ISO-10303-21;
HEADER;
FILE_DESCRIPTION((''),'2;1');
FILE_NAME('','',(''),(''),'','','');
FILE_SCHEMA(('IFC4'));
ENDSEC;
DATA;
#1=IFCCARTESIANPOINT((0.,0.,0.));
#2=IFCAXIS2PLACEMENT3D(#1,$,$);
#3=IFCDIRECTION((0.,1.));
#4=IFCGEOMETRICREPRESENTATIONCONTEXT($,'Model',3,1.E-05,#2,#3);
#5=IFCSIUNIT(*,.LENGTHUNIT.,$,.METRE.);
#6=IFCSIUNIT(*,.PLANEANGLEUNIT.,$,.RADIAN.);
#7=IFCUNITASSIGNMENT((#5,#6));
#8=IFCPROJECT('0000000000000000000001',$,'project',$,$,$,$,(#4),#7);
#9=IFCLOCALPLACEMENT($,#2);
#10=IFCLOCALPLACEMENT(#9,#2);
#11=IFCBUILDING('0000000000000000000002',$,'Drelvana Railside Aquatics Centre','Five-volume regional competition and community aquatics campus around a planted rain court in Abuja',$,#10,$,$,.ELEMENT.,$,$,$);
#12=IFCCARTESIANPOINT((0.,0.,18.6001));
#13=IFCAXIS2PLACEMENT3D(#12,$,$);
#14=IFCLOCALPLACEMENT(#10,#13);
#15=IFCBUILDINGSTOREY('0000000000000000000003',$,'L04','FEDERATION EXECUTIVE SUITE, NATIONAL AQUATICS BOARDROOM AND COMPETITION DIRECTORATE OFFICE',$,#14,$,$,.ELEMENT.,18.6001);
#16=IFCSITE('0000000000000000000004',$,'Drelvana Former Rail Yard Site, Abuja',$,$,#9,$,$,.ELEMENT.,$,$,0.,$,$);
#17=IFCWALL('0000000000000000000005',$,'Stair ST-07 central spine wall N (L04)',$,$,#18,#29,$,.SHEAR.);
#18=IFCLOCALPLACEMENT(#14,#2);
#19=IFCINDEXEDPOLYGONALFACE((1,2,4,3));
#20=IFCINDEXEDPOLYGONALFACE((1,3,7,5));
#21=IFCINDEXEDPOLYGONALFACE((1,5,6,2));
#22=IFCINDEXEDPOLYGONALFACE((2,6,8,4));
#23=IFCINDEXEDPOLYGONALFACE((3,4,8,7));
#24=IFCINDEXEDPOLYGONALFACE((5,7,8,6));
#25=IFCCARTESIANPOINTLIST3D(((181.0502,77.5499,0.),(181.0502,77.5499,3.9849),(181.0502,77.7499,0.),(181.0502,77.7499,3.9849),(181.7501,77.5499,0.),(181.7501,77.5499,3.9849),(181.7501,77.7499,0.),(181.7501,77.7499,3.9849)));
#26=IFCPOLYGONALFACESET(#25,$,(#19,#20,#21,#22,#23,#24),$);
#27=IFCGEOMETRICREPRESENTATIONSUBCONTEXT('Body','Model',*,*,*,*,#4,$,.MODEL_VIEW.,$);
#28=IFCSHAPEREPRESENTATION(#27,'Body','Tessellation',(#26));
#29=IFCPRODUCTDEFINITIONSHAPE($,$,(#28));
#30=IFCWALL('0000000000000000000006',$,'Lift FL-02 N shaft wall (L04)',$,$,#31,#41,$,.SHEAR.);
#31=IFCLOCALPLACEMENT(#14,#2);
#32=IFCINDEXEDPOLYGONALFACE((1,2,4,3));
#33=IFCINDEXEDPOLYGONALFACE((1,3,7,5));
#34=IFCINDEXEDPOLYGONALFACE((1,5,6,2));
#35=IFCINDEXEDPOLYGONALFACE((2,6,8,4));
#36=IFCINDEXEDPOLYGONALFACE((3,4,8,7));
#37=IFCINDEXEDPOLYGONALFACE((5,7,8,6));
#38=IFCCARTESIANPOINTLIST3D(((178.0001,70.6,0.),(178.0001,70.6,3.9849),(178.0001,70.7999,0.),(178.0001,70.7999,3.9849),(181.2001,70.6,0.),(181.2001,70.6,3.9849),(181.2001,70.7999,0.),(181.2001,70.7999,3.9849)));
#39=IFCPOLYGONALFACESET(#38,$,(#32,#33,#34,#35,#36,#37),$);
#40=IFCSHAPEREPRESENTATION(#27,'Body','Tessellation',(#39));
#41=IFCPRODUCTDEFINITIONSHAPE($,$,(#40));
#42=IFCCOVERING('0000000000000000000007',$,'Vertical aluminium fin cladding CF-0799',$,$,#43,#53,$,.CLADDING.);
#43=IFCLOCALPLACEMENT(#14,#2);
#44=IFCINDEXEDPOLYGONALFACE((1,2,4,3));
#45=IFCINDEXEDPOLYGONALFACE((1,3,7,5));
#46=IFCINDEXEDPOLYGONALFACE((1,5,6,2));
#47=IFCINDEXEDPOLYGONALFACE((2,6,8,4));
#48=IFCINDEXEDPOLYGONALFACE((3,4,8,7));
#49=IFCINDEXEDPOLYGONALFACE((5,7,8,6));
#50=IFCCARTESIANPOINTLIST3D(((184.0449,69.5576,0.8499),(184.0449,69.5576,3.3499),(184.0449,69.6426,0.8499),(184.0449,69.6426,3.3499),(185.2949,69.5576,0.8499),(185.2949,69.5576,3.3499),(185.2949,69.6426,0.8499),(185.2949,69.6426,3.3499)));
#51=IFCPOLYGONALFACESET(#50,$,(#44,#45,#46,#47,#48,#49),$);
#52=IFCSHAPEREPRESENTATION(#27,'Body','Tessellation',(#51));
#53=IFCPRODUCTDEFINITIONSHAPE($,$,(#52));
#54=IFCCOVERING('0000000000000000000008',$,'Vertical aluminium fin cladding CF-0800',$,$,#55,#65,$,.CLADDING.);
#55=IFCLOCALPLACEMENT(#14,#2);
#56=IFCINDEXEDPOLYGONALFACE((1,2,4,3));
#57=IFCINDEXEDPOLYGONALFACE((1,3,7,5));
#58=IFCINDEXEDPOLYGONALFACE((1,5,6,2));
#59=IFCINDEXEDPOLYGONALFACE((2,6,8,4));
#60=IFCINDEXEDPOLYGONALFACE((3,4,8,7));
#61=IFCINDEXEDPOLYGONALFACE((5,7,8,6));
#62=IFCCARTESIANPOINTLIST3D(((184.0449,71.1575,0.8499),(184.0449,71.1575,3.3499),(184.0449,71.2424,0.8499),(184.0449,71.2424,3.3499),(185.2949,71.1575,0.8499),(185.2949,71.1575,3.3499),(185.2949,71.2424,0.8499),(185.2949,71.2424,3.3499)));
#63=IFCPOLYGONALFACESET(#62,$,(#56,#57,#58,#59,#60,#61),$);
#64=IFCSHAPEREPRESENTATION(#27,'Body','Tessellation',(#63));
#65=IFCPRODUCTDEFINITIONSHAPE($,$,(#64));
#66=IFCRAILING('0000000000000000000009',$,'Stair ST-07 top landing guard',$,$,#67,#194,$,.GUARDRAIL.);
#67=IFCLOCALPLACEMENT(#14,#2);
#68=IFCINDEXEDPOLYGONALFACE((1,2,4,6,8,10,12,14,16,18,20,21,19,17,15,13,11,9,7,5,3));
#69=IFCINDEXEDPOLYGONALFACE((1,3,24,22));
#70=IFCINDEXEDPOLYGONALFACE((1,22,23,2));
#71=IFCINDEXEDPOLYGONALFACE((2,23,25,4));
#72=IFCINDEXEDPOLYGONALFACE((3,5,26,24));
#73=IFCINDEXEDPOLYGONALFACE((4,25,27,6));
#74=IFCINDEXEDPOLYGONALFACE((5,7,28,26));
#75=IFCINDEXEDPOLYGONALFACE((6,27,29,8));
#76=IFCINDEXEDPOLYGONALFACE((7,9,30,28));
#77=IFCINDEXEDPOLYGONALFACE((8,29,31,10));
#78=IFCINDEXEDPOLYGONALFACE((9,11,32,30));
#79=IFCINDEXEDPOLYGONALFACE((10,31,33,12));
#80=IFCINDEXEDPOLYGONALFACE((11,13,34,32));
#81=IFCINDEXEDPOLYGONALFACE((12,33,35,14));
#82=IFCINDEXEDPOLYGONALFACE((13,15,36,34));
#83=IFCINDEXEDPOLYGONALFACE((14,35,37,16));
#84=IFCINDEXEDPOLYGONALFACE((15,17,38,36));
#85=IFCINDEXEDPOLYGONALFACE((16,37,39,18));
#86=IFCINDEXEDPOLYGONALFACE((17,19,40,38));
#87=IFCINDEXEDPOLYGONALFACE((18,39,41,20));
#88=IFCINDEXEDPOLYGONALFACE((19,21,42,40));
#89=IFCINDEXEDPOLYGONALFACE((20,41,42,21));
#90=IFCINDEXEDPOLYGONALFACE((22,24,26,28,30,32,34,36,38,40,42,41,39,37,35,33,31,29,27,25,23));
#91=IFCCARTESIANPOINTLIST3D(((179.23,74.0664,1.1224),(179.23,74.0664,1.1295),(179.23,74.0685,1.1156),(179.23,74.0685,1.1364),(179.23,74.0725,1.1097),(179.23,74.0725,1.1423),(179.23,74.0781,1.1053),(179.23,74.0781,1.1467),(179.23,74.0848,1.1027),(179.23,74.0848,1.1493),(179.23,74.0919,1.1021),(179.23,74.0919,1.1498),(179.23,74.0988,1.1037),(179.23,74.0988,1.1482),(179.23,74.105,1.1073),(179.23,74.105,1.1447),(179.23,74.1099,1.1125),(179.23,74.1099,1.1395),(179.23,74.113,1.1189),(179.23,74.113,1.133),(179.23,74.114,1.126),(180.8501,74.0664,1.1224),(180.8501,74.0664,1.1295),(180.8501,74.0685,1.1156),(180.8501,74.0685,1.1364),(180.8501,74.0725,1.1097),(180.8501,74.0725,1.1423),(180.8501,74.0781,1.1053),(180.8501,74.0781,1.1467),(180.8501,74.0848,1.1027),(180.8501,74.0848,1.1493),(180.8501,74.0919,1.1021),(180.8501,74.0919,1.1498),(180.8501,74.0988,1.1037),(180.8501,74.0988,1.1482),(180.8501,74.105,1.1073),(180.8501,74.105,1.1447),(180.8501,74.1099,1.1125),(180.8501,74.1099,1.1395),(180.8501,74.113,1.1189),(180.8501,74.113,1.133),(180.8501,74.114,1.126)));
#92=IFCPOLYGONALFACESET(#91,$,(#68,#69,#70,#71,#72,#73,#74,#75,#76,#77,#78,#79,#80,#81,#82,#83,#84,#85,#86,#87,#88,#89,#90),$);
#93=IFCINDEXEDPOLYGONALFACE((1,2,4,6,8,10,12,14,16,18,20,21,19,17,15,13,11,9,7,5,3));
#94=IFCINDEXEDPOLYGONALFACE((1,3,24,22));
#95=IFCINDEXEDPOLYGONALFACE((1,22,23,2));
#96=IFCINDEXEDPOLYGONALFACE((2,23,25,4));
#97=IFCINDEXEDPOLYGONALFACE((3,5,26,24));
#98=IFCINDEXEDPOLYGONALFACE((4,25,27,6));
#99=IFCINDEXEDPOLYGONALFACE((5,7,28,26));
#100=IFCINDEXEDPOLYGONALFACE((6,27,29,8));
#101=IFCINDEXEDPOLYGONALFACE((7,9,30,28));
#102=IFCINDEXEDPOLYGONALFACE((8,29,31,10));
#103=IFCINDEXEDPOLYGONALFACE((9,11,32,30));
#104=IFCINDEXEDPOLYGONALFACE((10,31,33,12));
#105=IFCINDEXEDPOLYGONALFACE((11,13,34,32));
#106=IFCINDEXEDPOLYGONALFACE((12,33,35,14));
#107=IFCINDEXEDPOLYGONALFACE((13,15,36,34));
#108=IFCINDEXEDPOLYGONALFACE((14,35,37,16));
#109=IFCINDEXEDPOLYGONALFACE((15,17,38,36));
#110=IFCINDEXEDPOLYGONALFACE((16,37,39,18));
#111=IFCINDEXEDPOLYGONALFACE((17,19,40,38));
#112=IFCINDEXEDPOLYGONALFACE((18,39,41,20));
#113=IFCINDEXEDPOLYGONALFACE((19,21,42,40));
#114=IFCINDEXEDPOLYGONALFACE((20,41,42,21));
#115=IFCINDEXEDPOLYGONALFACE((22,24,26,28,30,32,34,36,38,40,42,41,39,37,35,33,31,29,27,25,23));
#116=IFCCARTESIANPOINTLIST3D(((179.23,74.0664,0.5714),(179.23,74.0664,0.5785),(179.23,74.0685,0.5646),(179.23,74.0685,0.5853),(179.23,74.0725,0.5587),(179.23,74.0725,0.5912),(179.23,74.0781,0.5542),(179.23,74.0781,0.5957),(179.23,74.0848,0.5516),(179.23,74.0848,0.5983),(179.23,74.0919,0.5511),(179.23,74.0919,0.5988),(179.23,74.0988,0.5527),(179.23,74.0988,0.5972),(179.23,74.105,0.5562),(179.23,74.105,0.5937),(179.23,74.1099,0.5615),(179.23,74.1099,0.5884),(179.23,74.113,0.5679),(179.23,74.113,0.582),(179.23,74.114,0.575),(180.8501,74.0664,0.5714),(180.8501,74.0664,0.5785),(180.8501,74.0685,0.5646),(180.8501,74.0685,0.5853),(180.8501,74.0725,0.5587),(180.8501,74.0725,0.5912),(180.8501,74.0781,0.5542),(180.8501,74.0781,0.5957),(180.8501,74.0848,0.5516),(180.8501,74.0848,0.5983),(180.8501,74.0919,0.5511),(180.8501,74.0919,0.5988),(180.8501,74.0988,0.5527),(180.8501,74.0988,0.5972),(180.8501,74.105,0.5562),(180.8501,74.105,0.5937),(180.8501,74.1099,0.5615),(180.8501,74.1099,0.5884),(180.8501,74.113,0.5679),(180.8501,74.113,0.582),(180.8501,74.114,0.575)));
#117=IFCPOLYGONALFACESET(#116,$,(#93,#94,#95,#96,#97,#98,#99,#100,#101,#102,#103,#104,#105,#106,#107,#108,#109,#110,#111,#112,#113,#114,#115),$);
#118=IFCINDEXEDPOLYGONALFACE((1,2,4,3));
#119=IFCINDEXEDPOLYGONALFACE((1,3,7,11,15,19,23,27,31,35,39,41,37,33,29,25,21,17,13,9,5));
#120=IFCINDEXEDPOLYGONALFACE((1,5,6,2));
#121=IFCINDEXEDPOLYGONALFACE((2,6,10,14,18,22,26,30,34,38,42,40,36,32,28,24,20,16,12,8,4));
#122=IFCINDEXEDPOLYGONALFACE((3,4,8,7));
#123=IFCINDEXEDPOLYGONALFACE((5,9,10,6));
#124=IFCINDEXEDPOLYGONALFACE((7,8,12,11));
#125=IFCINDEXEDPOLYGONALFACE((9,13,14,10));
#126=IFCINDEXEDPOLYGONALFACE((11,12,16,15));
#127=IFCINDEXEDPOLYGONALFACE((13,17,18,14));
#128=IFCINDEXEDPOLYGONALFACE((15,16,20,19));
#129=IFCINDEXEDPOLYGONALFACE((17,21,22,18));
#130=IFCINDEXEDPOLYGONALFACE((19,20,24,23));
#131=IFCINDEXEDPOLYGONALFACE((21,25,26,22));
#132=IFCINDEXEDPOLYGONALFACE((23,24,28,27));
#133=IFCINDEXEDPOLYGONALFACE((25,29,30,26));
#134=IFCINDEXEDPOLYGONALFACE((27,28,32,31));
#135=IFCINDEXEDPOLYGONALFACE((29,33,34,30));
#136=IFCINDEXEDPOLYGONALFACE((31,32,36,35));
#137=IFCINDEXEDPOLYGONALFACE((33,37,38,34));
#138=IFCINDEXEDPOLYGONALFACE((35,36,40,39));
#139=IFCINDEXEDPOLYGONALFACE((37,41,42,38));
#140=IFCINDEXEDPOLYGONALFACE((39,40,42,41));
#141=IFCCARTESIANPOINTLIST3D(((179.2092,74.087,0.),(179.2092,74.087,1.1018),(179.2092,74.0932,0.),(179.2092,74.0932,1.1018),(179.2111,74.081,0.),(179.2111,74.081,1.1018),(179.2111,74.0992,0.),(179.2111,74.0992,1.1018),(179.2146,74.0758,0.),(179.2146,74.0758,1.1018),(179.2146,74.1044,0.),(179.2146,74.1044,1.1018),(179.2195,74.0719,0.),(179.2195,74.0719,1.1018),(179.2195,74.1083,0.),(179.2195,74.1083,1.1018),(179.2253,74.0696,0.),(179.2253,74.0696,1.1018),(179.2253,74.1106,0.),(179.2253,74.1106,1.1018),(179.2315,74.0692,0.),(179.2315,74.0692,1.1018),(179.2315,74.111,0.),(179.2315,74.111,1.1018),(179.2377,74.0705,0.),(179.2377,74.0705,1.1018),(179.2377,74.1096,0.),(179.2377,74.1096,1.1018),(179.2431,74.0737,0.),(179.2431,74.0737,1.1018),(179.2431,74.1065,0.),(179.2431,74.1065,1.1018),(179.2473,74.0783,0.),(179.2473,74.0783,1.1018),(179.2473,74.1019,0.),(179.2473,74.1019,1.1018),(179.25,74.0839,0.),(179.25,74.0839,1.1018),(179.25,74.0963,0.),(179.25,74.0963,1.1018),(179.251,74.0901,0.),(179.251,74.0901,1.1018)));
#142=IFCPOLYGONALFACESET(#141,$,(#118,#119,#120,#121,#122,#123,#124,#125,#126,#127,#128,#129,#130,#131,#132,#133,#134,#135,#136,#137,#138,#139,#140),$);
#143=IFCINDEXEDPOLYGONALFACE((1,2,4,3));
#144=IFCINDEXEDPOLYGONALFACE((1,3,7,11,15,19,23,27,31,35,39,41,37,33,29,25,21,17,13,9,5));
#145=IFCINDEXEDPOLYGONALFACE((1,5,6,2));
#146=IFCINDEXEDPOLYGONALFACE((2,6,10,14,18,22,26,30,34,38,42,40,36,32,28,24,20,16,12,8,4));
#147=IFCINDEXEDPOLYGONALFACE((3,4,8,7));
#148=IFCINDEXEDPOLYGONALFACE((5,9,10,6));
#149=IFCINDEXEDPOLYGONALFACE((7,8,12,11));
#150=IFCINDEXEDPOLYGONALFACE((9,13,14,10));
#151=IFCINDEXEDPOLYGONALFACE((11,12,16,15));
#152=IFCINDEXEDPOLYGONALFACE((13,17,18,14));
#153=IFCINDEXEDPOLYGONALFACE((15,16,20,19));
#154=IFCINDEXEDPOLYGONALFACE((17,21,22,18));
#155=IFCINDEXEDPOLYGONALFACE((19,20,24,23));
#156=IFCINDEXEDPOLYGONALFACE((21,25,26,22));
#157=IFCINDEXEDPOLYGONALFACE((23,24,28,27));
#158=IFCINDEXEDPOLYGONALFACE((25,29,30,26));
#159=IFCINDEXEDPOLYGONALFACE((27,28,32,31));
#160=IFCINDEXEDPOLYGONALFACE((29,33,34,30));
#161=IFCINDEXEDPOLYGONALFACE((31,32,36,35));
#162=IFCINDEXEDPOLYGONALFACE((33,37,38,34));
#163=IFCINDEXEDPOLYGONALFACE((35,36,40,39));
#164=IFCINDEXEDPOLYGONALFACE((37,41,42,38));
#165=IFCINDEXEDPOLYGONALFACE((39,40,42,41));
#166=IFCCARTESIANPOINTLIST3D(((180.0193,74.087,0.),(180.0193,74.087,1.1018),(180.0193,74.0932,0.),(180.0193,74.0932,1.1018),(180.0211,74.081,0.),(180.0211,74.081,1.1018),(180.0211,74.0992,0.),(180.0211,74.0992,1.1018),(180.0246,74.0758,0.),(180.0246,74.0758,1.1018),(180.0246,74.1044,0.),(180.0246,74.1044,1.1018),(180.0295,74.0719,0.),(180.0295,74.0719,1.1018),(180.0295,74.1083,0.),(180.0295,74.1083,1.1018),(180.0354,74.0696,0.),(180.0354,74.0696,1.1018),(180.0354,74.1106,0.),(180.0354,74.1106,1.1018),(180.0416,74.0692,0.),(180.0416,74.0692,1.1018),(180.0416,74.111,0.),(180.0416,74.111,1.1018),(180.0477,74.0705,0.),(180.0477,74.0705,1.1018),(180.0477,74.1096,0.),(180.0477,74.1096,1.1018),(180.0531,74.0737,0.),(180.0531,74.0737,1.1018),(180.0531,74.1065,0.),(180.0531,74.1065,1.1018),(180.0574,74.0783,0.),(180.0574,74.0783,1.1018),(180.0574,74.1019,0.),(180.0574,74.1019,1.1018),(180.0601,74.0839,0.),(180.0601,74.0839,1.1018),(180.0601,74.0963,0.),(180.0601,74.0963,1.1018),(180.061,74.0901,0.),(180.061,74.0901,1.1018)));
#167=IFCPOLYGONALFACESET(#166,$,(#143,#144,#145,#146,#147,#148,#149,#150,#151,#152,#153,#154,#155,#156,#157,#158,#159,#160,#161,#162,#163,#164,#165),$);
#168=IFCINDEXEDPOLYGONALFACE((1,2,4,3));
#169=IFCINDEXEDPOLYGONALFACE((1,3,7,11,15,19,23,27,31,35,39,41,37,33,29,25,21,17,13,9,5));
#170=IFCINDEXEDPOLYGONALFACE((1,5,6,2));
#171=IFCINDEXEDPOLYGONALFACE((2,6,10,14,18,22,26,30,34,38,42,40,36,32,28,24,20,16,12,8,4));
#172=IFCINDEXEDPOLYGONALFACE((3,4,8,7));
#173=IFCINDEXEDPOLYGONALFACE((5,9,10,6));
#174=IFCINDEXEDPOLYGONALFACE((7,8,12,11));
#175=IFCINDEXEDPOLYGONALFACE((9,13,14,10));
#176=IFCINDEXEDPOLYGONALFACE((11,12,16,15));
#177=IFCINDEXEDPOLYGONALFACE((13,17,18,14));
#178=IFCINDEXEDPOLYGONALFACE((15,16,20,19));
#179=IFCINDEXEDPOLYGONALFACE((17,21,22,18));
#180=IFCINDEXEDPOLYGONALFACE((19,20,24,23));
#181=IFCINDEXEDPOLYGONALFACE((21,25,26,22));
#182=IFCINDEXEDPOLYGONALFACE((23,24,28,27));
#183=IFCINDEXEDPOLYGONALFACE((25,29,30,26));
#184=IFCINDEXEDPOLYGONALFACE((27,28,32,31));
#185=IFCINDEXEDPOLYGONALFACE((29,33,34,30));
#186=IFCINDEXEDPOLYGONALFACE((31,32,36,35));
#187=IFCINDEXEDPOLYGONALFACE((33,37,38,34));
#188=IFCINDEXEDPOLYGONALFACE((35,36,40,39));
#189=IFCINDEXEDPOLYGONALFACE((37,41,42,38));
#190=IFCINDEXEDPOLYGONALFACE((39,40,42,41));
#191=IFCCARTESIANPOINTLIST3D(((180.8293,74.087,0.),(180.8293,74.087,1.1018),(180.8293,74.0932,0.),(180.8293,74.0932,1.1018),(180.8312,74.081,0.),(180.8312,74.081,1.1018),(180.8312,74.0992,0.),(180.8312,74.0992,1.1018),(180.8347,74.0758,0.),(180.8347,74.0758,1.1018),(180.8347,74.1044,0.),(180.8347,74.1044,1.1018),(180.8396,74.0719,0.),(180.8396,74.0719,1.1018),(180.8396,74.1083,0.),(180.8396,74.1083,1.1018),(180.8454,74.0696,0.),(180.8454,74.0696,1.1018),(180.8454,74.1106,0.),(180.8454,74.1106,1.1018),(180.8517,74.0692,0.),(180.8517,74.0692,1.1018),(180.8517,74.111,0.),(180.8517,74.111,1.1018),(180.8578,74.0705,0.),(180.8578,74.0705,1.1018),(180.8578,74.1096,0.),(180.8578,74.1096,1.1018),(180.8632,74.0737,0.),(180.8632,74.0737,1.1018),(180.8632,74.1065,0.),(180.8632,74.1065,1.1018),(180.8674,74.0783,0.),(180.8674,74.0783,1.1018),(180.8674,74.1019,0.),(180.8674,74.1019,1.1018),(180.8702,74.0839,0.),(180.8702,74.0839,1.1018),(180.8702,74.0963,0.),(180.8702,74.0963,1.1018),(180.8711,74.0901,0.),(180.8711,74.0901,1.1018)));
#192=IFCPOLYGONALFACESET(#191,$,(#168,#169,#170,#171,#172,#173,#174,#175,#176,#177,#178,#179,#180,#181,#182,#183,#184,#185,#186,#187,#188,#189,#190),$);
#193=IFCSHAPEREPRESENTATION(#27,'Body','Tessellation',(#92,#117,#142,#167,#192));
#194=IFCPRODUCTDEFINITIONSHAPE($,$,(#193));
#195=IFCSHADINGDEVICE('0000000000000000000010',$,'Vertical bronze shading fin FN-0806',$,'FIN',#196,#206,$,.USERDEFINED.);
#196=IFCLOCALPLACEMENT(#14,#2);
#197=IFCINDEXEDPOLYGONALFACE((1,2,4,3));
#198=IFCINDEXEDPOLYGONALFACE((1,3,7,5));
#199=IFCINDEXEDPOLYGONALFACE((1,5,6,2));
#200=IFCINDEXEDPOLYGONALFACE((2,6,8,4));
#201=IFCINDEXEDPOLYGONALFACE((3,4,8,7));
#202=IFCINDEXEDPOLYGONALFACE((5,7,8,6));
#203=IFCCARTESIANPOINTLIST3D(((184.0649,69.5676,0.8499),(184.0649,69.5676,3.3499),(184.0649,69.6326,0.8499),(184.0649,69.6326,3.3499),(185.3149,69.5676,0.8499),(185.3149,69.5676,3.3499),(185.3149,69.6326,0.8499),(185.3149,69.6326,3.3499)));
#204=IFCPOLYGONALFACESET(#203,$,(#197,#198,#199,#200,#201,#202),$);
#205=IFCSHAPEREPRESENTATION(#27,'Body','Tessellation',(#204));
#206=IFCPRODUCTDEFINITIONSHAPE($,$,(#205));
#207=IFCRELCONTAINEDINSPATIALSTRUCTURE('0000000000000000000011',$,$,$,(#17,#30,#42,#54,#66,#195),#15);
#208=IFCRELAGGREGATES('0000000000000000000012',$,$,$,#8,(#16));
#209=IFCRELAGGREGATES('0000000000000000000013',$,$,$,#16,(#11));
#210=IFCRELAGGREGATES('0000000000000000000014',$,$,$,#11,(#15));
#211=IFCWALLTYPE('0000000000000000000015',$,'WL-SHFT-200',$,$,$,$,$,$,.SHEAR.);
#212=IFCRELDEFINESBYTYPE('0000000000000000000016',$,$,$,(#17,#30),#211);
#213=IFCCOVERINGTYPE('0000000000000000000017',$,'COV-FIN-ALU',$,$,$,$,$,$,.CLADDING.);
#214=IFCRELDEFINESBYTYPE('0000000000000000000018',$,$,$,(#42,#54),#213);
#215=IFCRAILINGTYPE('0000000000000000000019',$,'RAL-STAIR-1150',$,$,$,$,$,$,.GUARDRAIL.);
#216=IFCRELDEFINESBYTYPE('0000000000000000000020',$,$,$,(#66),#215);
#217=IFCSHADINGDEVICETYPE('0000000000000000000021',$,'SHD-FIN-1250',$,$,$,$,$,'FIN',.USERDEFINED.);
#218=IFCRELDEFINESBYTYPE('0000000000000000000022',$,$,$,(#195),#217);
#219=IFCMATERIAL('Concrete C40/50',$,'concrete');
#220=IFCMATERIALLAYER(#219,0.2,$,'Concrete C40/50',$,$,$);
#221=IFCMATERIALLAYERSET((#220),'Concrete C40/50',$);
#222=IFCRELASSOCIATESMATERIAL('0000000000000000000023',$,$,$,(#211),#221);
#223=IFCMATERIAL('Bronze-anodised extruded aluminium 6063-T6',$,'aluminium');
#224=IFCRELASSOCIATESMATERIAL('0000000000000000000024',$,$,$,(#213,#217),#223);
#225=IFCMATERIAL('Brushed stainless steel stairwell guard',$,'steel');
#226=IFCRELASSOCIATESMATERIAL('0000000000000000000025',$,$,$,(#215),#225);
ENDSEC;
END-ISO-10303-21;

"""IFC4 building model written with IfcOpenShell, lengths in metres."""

from ifc_helpers import new_model, si_unit, direction, frame, frame_2d, origin, origin_2d, place, context, subcontext, project, spatial, rectangle, circle, extrude, material, layer, layer_set, type_object, element, save


model = new_model("IFC4")

# Units and contexts
model_context = context("Model", 3, precision=1e-05, world=origin(), true_north=direction((0.0, 1.0)))
body_context = subcontext(model_context, "Body", "Model", "MODEL_VIEW")
ifc_project = project(units=[si_unit("LENGTHUNIT", "METRE"), si_unit("PLANEANGLEUNIT", "RADIAN")], contexts=[model_context])

# Site, building, storey
site_placement = place(None, origin())
site = spatial("IfcSite", under=ifc_project, at=site_placement, Name="Drelvana Former Rail Yard Site, Abuja", CompositionType="ELEMENT", RefElevation=0.0)
building_placement = place(site_placement, origin())
building = spatial("IfcBuilding", under=site, at=building_placement, Name="Drelvana Railside Aquatics Centre", Description="Five-volume regional competition and community aquatics campus around a planted rain court in Abuja", CompositionType="ELEMENT")
storey_placement = place(building_placement, frame((0.0, 0.0, 18.6001)))
storey = spatial("IfcBuildingStorey", under=building, at=storey_placement, Name="L04", Description="FEDERATION EXECUTIVE SUITE, NATIONAL AQUATICS BOARDROOM AND COMPETITION DIRECTORATE OFFICE", CompositionType="ELEMENT", Elevation=18.6001)

# Shared definitions
ifc_material_1 = material(Name="Concrete C40/50", Category="concrete")

# Walls
ifc_layer_1 = layer(ifc_material_1, 0.2, Name="Concrete C40/50")
ifc_layer_set_1 = layer_set([ifc_layer_1], Name="Concrete C40/50")
wall_type_1 = type_object("IfcWallType", Name="WL-SHFT-200", PredefinedType="SHEAR", material=ifc_layer_set_1)
for number, where, z_axis, x_axis, name in (
    (1, (181.05, 77.6499, 0.0), (0.0, 0.0, 1.0), (1.0, 0.0, 0.0), "Stair ST-07 central spine wall N (L04)"),
):
    element("IfcWall", number, at=place(storey_placement, frame(where, z_axis=z_axis, x_axis=x_axis)), inside=storey, type_object=wall_type_1, Name=name, PredefinedType="SHEAR", context=body_context, shape_type="SweptSolid", body=[
        extrude(rectangle(XDim=0.7, YDim=0.2, at=frame_2d((0.3501, 0.0))), origin(), (0.0, 0.0, 1.0), 3.9849),
    ])
wall_1_placement = place(storey_placement, frame((178.0, 70.7, 0.0), z_axis=(0.0, 0.0, 1.0), x_axis=(1.0, 0.0, 0.0)))
element("IfcWall", 2, at=wall_1_placement, inside=storey, type_object=wall_type_1, Name="Lift FL-02 N shaft wall (L04)", PredefinedType="SHEAR", context=body_context, shape_type="SweptSolid", body=[
    extrude(rectangle(XDim=3.2, YDim=0.2, at=frame_2d((1.6001, 0.0))), origin(), (0.0, 0.0, 1.0), 3.9849),
])

# Coverings
ifc_material_2 = material(Name="Bronze-anodised extruded aluminium 6063-T6", Category="aluminium")
covering_type = type_object("IfcCoveringType", Name="COV-FIN-ALU", PredefinedType="CLADDING", material=ifc_material_2)
for number, where, z_axis, x_axis, name in (
    (3, (184.6699, 69.6001, 0.8499), (0.0, 0.0, 1.0), (0.0, -1.0, 0.0), "Vertical aluminium fin cladding CF-0799"),
    (4, (184.6699, 71.2, 0.8499), (0.0, 0.0, 1.0), (0.0, -1.0, 0.0), "Vertical aluminium fin cladding CF-0800"),
):
    element("IfcCovering", number, at=place(storey_placement, frame(where, z_axis=z_axis, x_axis=x_axis)), inside=storey, type_object=covering_type, Name=name, PredefinedType="CLADDING", context=body_context, shape_type="SweptSolid", body=[
        extrude(rectangle(XDim=0.085, YDim=1.25, at=origin_2d()), origin(), (0.0, 0.0, 1.0), 2.5),
    ])

# Railing
ifc_material_3 = material(Name="Brushed stainless steel stairwell guard", Category="steel")
railing_type = type_object("IfcRailingType", Name="RAL-STAIR-1150", PredefinedType="GUARDRAIL", material=ifc_material_3)
railing_placement = place(storey_placement, frame((179.23, 74.0901, 0.0)))
element("IfcRailing", 5, at=railing_placement, inside=storey, type_object=railing_type, Name="Stair ST-07 top landing guard", PredefinedType="GUARDRAIL", context=body_context, shape_type="SweptSolid", body=[
    extrude(circle(Radius=0.0239, at=origin_2d()), frame((0.0, 0.0, 1.126), z_axis=(1.0, 0.0, 0.0), x_axis=(0.0, 1.0, 0.0)), (0.0, 0.0, 1.0), 1.6201),
    extrude(circle(Radius=0.0239, at=origin_2d()), frame((0.0, 0.0, 0.575), z_axis=(1.0, 0.0, 0.0), x_axis=(0.0, 1.0, 0.0)), (0.0, 0.0, 1.0), 1.6201),
    extrude(circle(Radius=0.021, at=origin_2d()), origin(), (0.0, 0.0, 1.0), 1.1018),
    extrude(circle(Radius=0.021, at=origin_2d()), frame((0.8101, 0.0, 0.0)), (0.0, 0.0, 1.0), 1.1018),
    extrude(circle(Radius=0.021, at=origin_2d()), frame((1.6201, 0.0, 0.0)), (0.0, 0.0, 1.0), 1.1018),
])

# Shading device
shading_device_type = type_object("IfcShadingDeviceType", Name="SHD-FIN-1250", ElementType="FIN", PredefinedType="USERDEFINED", material=ifc_material_2)
for number, where, z_axis, x_axis, name in (
    (6, (184.6899, 69.6001, 0.8499), (0.0, 0.0, 1.0), (1.0, 0.0, 0.0), "Vertical bronze shading fin FN-0806"),
):
    element("IfcShadingDevice", number, at=place(storey_placement, frame(where, z_axis=z_axis, x_axis=x_axis)), inside=storey, type_object=shading_device_type, Name=name, ObjectType="FIN", PredefinedType="USERDEFINED", context=body_context, shape_type="SweptSolid", body=[
        extrude(rectangle(XDim=1.25, YDim=0.0649, at=origin_2d()), origin(), (0.0, 0.0, 1.0), 2.5),
    ])

save(model, "model.ifc")
